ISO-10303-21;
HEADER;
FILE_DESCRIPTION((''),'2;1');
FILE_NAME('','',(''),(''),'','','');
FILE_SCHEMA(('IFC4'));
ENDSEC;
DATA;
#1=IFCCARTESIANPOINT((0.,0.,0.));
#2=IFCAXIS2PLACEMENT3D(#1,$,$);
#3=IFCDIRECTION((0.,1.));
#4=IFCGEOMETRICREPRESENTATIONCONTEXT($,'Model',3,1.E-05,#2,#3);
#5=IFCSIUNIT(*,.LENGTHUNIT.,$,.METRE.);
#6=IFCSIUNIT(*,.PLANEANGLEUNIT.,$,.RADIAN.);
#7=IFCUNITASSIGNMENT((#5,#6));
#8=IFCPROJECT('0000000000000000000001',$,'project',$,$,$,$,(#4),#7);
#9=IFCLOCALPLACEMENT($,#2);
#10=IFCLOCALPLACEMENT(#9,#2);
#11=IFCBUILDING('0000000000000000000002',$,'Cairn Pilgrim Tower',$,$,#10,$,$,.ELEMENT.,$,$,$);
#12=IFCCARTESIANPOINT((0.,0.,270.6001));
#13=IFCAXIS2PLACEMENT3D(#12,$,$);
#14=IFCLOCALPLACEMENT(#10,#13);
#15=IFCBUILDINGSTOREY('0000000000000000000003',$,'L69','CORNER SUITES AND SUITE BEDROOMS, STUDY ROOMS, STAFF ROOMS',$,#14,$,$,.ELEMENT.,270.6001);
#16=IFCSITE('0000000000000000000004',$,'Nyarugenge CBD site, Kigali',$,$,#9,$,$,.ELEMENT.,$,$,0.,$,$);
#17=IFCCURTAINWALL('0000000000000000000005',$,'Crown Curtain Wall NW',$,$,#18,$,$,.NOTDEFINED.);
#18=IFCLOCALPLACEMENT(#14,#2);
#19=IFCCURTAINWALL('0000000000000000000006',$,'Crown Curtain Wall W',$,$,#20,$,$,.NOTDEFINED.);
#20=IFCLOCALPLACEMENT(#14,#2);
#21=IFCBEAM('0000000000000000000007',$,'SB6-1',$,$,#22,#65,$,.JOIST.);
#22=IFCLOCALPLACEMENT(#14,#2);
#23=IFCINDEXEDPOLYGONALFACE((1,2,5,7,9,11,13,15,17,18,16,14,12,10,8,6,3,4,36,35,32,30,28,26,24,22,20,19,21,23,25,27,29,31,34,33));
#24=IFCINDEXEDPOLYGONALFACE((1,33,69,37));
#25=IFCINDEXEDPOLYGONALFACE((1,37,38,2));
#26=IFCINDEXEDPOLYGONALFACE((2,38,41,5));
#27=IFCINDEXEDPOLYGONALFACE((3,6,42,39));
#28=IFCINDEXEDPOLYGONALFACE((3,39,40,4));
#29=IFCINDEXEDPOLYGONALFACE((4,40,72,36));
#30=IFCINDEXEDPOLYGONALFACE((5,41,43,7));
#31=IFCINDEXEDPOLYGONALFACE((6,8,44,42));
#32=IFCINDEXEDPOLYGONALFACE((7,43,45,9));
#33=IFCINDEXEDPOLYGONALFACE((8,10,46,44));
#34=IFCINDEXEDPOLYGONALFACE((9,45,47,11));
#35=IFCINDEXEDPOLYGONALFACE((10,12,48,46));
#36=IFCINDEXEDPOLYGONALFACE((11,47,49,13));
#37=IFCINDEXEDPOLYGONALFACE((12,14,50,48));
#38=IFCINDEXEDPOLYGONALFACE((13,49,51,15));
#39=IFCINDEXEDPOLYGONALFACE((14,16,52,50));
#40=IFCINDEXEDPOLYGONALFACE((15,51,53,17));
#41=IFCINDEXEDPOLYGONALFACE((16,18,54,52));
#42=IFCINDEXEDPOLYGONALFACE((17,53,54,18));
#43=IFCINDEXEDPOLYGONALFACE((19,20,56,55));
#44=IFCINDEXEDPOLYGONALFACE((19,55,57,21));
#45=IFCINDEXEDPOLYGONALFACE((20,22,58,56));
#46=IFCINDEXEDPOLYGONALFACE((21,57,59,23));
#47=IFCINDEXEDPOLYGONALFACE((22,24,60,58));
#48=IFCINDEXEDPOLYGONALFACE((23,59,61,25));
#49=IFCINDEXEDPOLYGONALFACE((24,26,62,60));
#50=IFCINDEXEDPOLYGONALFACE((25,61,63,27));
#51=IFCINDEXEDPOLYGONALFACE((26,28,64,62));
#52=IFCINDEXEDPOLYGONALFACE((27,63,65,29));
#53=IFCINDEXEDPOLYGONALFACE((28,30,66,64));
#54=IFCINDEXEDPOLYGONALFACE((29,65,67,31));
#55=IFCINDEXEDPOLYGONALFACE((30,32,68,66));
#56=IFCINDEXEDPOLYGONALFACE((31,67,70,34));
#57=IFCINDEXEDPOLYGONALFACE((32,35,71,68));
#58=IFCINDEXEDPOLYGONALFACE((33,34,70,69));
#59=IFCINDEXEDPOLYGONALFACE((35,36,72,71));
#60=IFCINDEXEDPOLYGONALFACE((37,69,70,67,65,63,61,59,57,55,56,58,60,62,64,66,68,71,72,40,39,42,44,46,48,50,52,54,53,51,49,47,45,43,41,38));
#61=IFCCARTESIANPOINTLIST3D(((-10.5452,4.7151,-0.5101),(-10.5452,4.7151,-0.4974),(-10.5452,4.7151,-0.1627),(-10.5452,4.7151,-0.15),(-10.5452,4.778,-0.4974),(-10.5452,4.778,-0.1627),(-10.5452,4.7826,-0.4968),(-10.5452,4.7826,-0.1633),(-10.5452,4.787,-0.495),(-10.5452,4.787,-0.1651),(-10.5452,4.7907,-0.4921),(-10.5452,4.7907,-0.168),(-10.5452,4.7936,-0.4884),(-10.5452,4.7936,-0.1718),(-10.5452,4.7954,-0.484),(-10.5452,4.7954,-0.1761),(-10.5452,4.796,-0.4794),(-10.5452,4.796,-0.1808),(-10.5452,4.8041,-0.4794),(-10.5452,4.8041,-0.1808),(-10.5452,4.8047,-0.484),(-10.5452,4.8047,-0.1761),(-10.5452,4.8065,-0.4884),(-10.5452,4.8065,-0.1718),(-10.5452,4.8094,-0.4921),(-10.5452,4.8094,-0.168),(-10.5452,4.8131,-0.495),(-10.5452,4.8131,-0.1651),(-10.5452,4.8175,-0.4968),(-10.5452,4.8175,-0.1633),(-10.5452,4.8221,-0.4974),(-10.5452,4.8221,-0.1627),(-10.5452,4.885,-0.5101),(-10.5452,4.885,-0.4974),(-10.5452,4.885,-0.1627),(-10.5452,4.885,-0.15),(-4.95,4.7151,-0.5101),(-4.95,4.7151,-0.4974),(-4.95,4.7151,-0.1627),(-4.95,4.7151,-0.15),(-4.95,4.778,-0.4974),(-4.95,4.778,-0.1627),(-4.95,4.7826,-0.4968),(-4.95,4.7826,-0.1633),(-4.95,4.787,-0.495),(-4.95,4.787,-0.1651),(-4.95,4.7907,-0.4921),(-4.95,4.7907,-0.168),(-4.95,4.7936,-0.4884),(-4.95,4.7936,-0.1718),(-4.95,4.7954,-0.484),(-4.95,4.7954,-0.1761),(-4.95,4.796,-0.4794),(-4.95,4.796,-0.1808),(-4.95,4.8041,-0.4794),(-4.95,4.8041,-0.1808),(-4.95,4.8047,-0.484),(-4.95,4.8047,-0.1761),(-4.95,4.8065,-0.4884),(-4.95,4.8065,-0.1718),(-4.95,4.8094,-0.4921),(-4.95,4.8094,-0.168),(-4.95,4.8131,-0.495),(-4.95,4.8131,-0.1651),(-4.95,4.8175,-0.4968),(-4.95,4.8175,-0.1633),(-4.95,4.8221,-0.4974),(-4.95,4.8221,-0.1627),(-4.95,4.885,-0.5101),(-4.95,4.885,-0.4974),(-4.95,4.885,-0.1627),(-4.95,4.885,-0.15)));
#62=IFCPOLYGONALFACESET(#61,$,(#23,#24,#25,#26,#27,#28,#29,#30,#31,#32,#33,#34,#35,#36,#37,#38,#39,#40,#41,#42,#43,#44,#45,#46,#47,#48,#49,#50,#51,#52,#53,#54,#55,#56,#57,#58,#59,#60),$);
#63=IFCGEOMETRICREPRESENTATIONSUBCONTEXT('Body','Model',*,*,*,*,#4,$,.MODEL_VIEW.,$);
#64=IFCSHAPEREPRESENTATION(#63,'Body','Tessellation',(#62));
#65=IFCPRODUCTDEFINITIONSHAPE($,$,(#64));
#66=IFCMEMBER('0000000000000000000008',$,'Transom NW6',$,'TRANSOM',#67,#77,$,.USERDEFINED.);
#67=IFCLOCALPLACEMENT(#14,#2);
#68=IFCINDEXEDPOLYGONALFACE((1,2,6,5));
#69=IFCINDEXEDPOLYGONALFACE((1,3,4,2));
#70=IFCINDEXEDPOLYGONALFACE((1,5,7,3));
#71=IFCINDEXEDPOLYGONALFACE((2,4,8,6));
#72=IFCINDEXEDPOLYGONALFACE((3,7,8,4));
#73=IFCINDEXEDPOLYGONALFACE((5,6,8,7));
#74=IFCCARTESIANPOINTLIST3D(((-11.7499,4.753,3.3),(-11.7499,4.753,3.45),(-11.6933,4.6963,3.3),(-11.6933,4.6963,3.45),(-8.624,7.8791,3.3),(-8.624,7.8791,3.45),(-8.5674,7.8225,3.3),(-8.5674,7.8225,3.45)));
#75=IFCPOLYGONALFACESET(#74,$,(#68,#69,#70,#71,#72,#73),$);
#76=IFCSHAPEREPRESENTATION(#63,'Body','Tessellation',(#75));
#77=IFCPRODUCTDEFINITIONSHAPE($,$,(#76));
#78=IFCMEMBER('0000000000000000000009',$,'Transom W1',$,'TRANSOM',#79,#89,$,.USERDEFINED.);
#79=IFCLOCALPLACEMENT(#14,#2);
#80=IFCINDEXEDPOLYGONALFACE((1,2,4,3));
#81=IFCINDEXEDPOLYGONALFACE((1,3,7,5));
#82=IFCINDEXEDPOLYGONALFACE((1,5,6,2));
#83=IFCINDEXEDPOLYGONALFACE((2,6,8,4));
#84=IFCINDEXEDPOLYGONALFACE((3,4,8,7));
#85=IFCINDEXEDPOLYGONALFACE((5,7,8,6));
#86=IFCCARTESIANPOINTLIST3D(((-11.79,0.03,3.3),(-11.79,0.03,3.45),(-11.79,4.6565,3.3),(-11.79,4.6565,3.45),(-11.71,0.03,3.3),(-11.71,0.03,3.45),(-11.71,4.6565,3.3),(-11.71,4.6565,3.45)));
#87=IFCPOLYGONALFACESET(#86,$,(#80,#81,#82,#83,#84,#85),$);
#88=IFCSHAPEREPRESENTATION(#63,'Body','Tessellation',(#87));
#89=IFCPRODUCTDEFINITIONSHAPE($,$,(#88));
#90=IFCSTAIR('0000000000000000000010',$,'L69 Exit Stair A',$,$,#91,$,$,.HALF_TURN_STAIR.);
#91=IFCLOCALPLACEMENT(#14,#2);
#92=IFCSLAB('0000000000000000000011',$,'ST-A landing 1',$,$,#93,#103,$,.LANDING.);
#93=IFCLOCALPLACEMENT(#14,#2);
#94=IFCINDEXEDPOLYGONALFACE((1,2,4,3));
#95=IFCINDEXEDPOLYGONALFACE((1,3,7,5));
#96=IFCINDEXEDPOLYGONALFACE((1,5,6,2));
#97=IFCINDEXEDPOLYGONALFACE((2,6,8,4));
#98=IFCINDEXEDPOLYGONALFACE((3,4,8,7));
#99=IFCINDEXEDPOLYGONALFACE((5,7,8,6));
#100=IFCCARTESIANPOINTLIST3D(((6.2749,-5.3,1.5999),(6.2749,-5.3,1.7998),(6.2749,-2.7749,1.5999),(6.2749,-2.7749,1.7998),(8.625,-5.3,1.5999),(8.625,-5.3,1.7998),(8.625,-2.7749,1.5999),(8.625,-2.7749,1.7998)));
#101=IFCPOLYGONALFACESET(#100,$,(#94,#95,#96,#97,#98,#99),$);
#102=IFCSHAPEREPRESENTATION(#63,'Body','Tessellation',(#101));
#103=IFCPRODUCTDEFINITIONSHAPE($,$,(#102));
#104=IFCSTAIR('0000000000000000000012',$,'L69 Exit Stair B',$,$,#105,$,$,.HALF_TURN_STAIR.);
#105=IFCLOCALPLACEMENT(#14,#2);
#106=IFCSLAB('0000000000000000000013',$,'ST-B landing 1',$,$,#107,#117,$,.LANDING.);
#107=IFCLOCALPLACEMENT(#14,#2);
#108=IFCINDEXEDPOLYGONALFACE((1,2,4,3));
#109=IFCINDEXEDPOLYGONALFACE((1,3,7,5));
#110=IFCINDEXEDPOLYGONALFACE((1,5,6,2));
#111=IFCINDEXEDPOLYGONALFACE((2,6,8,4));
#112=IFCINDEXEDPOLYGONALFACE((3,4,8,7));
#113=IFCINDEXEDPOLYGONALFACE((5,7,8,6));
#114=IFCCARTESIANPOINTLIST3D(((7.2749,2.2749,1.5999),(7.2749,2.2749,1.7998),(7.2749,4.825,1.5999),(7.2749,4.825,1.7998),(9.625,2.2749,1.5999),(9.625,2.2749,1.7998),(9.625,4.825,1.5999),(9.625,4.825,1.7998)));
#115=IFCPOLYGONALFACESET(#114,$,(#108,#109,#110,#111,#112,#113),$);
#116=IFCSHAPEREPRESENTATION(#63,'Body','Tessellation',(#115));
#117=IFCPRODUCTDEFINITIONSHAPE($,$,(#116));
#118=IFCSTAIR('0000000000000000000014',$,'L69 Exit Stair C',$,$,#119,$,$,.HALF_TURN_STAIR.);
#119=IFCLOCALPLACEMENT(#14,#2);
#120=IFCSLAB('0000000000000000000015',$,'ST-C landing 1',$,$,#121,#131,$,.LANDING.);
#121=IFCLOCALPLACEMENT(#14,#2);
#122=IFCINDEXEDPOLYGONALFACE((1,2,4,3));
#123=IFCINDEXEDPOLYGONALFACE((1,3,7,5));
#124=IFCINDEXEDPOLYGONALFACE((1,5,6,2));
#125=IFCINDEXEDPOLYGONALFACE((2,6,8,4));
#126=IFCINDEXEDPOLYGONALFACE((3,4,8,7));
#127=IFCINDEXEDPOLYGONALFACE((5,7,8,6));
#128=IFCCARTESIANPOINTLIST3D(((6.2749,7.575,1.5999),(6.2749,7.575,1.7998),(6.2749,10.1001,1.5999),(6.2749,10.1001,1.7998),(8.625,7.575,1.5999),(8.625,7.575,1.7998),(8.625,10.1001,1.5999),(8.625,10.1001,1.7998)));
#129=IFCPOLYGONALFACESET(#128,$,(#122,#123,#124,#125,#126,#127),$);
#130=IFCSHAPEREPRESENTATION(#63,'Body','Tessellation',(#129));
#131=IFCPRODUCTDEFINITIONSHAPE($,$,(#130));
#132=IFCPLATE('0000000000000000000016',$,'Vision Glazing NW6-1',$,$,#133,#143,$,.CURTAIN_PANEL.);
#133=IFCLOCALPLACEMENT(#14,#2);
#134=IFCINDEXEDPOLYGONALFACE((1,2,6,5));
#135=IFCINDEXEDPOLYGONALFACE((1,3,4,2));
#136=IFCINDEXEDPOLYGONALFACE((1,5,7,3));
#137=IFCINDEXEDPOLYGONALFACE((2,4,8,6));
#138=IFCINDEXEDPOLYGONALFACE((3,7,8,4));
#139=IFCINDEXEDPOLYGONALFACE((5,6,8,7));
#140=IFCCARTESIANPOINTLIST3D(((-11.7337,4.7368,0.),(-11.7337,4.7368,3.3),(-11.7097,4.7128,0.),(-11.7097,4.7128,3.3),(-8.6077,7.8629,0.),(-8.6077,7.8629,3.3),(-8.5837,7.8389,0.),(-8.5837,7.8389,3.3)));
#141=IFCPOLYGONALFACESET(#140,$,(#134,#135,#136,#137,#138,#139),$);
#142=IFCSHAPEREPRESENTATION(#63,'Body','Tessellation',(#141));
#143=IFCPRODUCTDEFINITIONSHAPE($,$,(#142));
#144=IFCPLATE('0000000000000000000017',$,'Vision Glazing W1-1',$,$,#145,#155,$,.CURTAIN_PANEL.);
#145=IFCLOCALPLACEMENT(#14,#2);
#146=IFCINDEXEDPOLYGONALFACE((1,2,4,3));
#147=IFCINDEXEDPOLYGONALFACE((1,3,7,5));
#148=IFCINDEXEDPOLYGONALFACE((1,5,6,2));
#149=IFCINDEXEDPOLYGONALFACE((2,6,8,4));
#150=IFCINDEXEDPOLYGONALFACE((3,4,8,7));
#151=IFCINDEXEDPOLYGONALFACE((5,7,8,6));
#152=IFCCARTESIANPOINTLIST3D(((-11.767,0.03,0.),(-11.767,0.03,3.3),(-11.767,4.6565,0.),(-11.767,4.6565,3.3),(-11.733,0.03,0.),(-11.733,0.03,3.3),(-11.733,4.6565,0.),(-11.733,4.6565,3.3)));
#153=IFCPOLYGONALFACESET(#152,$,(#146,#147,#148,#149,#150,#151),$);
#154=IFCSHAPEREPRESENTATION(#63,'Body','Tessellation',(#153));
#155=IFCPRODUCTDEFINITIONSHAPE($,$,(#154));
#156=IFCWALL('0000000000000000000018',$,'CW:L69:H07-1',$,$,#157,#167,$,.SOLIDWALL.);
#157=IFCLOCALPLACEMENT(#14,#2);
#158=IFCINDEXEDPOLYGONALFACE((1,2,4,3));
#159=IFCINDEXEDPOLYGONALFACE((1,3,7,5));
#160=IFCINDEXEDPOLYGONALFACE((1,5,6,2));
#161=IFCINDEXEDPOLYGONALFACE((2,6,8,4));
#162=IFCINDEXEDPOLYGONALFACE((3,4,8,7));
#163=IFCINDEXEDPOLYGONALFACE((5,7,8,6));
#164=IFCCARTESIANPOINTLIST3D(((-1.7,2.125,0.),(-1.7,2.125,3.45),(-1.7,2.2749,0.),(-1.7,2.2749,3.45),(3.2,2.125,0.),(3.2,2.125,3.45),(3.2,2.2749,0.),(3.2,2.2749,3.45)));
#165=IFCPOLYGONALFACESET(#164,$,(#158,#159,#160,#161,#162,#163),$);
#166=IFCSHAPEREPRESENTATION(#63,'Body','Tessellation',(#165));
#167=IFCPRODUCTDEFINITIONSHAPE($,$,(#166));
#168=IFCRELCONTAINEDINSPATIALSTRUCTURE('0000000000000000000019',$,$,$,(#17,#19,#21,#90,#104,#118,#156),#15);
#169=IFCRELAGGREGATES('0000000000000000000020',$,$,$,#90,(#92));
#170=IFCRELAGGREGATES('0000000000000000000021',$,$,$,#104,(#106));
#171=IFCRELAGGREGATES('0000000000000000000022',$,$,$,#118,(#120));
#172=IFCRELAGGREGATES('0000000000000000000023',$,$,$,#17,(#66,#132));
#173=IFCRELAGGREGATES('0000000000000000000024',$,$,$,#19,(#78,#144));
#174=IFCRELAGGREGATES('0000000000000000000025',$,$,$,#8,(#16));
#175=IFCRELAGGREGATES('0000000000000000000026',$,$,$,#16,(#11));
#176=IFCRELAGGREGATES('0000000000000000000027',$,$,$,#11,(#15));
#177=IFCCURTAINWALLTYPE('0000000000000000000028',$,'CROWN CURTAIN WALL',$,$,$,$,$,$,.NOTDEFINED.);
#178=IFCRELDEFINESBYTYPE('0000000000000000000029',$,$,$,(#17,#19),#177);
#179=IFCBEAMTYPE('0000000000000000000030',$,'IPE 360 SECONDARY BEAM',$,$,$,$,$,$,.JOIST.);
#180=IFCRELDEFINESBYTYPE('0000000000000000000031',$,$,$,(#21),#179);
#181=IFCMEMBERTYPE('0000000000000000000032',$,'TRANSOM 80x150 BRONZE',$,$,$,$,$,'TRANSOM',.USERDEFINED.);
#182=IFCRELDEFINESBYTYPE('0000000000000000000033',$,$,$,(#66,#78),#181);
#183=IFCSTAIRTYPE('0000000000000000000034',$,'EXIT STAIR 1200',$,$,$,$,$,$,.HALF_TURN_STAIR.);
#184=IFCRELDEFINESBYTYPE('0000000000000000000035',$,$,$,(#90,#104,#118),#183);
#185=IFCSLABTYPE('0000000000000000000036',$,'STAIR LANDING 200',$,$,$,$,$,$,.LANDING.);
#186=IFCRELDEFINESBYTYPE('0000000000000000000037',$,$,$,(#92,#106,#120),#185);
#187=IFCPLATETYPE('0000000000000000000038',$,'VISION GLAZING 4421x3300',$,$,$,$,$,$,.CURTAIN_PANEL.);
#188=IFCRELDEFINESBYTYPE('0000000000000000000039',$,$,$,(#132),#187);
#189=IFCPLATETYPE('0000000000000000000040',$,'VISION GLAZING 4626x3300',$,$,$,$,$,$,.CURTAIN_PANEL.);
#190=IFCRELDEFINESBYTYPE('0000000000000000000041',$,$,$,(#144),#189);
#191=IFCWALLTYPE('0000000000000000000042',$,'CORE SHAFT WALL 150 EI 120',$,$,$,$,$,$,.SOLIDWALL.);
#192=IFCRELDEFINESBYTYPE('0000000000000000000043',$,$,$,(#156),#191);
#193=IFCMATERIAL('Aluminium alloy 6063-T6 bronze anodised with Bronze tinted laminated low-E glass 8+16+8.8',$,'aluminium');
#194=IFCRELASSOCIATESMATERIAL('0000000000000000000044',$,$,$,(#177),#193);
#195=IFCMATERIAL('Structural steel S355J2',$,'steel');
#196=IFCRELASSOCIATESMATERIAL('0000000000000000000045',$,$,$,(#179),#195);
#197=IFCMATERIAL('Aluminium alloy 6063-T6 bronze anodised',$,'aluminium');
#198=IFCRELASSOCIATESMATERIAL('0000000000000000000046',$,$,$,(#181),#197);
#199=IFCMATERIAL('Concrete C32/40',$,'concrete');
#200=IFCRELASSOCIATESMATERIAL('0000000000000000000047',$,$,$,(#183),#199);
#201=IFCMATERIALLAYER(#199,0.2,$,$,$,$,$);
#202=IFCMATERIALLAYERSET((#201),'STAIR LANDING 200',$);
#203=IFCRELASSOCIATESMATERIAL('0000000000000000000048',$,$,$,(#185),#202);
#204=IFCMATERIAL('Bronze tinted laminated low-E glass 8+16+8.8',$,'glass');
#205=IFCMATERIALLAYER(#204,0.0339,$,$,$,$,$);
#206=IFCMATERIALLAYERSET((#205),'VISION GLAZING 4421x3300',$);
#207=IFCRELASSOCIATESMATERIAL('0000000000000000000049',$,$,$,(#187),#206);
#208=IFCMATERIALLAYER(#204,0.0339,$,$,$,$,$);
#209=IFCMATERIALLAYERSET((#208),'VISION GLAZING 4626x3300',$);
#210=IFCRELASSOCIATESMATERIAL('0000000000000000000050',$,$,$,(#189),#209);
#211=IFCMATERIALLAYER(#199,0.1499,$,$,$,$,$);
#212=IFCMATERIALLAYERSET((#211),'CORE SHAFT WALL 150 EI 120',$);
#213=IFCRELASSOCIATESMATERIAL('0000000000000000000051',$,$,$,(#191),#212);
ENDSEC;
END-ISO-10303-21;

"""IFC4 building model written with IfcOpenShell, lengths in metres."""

from ifc_helpers import new_model, si_unit, direction, frame, frame_2d, origin, origin_2d, place, context, subcontext, project, spatial, polyline, rectangle, i_section, outline, extrude, material, layer, layer_set, material_profile, profile_set, type_object, element, aggregate, save


model = new_model("IFC4")

# Units and contexts
model_context = context("Model", 3, precision=1e-05, world=origin(), true_north=direction((0.0, 1.0)))
body_context = subcontext(model_context, "Body", "Model", "MODEL_VIEW")
ifc_project = project(units=[si_unit("LENGTHUNIT", "METRE"), si_unit("PLANEANGLEUNIT", "RADIAN")], contexts=[model_context])

# Site, building, storey
site_placement = place(None, origin())
site = spatial("IfcSite", under=ifc_project, at=site_placement, Name="Nyarugenge CBD site, Kigali", CompositionType="ELEMENT", RefElevation=0.0)
building_placement = place(site_placement, origin())
building = spatial("IfcBuilding", under=site, at=building_placement, Name="Cairn Pilgrim Tower", CompositionType="ELEMENT")
storey_placement = place(building_placement, frame((0.0, 0.0, 270.6001)))
storey = spatial("IfcBuildingStorey", under=building, at=storey_placement, Name="L69", Description="CORNER SUITES AND SUITE BEDROOMS, STUDY ROOMS, STAFF ROOMS", CompositionType="ELEMENT", Elevation=270.6001)

# Shared definitions
ifc_material_1 = material(Name="Structural steel S355J2", Category="steel")

# Curtain walls
ifc_material_2 = material(Name="Aluminium alloy 6063-T6 bronze anodised with Bronze tinted laminated low-E glass 8+16+8.8", Category="aluminium")
curtain_wall_type = type_object("IfcCurtainWallType", Name="CROWN CURTAIN WALL", PredefinedType="NOTDEFINED", material=ifc_material_2)
curtain_wall_1_placement = place(storey_placement, origin())
curtain_wall_1 = element("IfcCurtainWall", 1, at=curtain_wall_1_placement, inside=storey, type_object=curtain_wall_type, Name="Crown Curtain Wall NW", PredefinedType="NOTDEFINED")
ifc_material_3 = material(Name="Aluminium alloy 6063-T6 bronze anodised", Category="aluminium")
curtain_wall_2_placement = place(storey_placement, origin())
curtain_wall_2 = element("IfcCurtainWall", 2, at=curtain_wall_2_placement, inside=storey, type_object=curtain_wall_type, Name="Crown Curtain Wall W", PredefinedType="NOTDEFINED")

# Beam
ifc_material_profile_1 = material_profile(ifc_material_1, i_section(OverallWidth=0.1699, OverallDepth=0.3601, WebThickness=0.0081, FlangeThickness=0.0127, FilletRadius=0.0181, at=origin_2d()), Name="IPE 360")
ifc_profile_set_1 = profile_set([ifc_material_profile_1], Name="Structural steel S355J2")
beam_type_1 = type_object("IfcBeamType", Name="IPE 360 SECONDARY BEAM", PredefinedType="JOIST", material=ifc_profile_set_1)
beam_1_placement = place(storey_placement, frame((-10.5452, 4.8, -0.3301), z_axis=(1.0, 0.0, 0.0), x_axis=(0.0, 1.0, 0.0)))
element("IfcBeam", 3, at=beam_1_placement, inside=storey, type_object=beam_type_1, Name="SB6-1", PredefinedType="JOIST", context=body_context, shape_type="SweptSolid", body=[
    extrude(i_section(OverallWidth=0.1699, OverallDepth=0.3601, WebThickness=0.0081, FlangeThickness=0.0127, FilletRadius=0.0181, at=origin_2d()), origin(), (0.0, 0.0, 1.0), 5.5952),
])

# Members
ifc_material_profile_2 = material_profile(ifc_material_3, rectangle(XDim=0.0801, YDim=0.1499, at=origin_2d()), Name="TRANSOM 80x150 BRONZE")
ifc_profile_set_2 = profile_set([ifc_material_profile_2], Name="Aluminium alloy 6063-T6 bronze anodised")
member_type_1 = type_object("IfcMemberType", Name="TRANSOM 80x150 BRONZE", ElementType="TRANSOM", PredefinedType="USERDEFINED", material=ifc_profile_set_2)
member_1_placement = place(storey_placement, frame((-8.5957, 7.8508, 3.375), z_axis=(-0.707079, -0.707134, 0.0), x_axis=(0.707134, -0.707079, 0.0)))
member_1 = element("IfcMember", 4, at=member_1_placement, type_object=member_type_1, Name="Transom NW6", ObjectType="TRANSOM", PredefinedType="USERDEFINED", context=body_context, shape_type="SweptSolid", body=[
    extrude(rectangle(XDim=0.0801, YDim=0.1499, at=origin_2d()), origin(), (0.0, 0.0, 1.0), 4.4209),
])
member_2_placement = place(storey_placement, frame((-11.75, 4.6565, 3.375), z_axis=(0.0, -1.0, 0.0), x_axis=(1.0, 0.0, 0.0)))
member_2 = element("IfcMember", 5, at=member_2_placement, type_object=member_type_1, Name="Transom W1", ObjectType="TRANSOM", PredefinedType="USERDEFINED", context=body_context, shape_type="SweptSolid", body=[
    extrude(rectangle(XDim=0.0801, YDim=0.1499, at=origin_2d()), origin(), (0.0, 0.0, 1.0), 4.6265),
])

# Stairs, slabs
ifc_material_4 = material(Name="Concrete C32/40", Category="concrete")
stair_type = type_object("IfcStairType", Name="EXIT STAIR 1200", PredefinedType="HALF_TURN_STAIR", material=ifc_material_4)
stair_1_placement = place(storey_placement, origin())
stair_1 = element("IfcStair", 6, at=stair_1_placement, inside=storey, type_object=stair_type, Name="L69 Exit Stair A", PredefinedType="HALF_TURN_STAIR")
ifc_layer_1 = layer(ifc_material_4, 0.2)
ifc_layer_set_1 = layer_set([ifc_layer_1], Name="STAIR LANDING 200")
slab_type = type_object("IfcSlabType", Name="STAIR LANDING 200", PredefinedType="LANDING", material=ifc_layer_set_1)
slab_1_placement = place(storey_placement, frame((0.0, 0.0, 1.5999)))
slab_1 = element("IfcSlab", 7, at=slab_1_placement, type_object=slab_type, Name="ST-A landing 1", PredefinedType="LANDING", context=body_context, shape_type="SweptSolid", body=[
    extrude(outline(polyline([(8.625, -2.7749), (6.2749, -2.7749), (6.2749, -5.3), (8.625, -5.3), (8.625, -2.7749)])), origin(), (0.0, 0.0, 1.0), 0.2),
])
aggregate(stair_1, [slab_1])
stair_2_placement = place(storey_placement, origin())
stair_2 = element("IfcStair", 8, at=stair_2_placement, inside=storey, type_object=stair_type, Name="L69 Exit Stair B", PredefinedType="HALF_TURN_STAIR")
slab_2_placement = place(storey_placement, frame((0.0, 0.0, 1.5999)))
slab_2 = element("IfcSlab", 9, at=slab_2_placement, type_object=slab_type, Name="ST-B landing 1", PredefinedType="LANDING", context=body_context, shape_type="SweptSolid", body=[
    extrude(outline(polyline([(7.2749, 2.2749), (9.625, 2.2749), (9.625, 4.825), (7.2749, 4.825), (7.2749, 2.2749)])), origin(), (0.0, 0.0, 1.0), 0.2),
])
aggregate(stair_2, [slab_2])
stair_3_placement = place(storey_placement, origin())
stair_3 = element("IfcStair", 10, at=stair_3_placement, inside=storey, type_object=stair_type, Name="L69 Exit Stair C", PredefinedType="HALF_TURN_STAIR")
slab_3_placement = place(storey_placement, frame((0.0, 0.0, 1.5999)))
slab_3 = element("IfcSlab", 11, at=slab_3_placement, type_object=slab_type, Name="ST-C landing 1", PredefinedType="LANDING", context=body_context, shape_type="SweptSolid", body=[
    extrude(outline(polyline([(8.625, 10.1001), (6.2749, 10.1001), (6.2749, 7.575), (8.625, 7.575), (8.625, 10.1001)])), origin(), (0.0, 0.0, 1.0), 0.2),
])
aggregate(stair_3, [slab_3])

# Plates
ifc_material_5 = material(Name="Bronze tinted laminated low-E glass 8+16+8.8", Category="glass")
ifc_layer_2 = layer(ifc_material_5, 0.0339)
ifc_layer_set_2 = layer_set([ifc_layer_2], Name="VISION GLAZING 4421x3300")
plate_type_1 = type_object("IfcPlateType", Name="VISION GLAZING 4421x3300", PredefinedType="CURTAIN_PANEL", material=ifc_layer_set_2)
plate_1_placement = place(storey_placement, frame((-10.1587, 6.2878, 0.0), z_axis=(0.0, 0.0, 1.0), x_axis=(-0.707107, -0.707107, 0.0)))
plate_1 = element("IfcPlate", 12, at=plate_1_placement, type_object=plate_type_1, Name="Vision Glazing NW6-1", PredefinedType="CURTAIN_PANEL", context=body_context, shape_type="SweptSolid", body=[
    extrude(rectangle(XDim=4.4209, YDim=0.0339, at=origin_2d()), origin(), (0.0, 0.0, 1.0), 3.3),
])
aggregate(curtain_wall_1, [member_1, plate_1])
ifc_layer_3 = layer(ifc_material_5, 0.0339)
ifc_layer_set_3 = layer_set([ifc_layer_3], Name="VISION GLAZING 4626x3300")
plate_type_2 = type_object("IfcPlateType", Name="VISION GLAZING 4626x3300", PredefinedType="CURTAIN_PANEL", material=ifc_layer_set_3)
plate_2_placement = place(storey_placement, frame((-11.75, 2.3433, 0.0), z_axis=(0.0, 0.0, 1.0), x_axis=(0.0, -1.0, 0.0)))
plate_2 = element("IfcPlate", 13, at=plate_2_placement, type_object=plate_type_2, Name="Vision Glazing W1-1", PredefinedType="CURTAIN_PANEL", context=body_context, shape_type="SweptSolid", body=[
    extrude(rectangle(XDim=4.6265, YDim=0.0339, at=origin_2d()), origin(), (0.0, 0.0, 1.0), 3.3),
])
aggregate(curtain_wall_2, [member_2, plate_2])

# Wall
ifc_layer_4 = layer(ifc_material_4, 0.1499)
ifc_layer_set_4 = layer_set([ifc_layer_4], Name="CORE SHAFT WALL 150 EI 120")
wall_type_1 = type_object("IfcWallType", Name="CORE SHAFT WALL 150 EI 120", PredefinedType="SOLIDWALL", material=ifc_layer_set_4)
wall_1_placement = place(storey_placement, frame((-1.7, 2.2, 0.0), z_axis=(0.0, 0.0, 1.0), x_axis=(1.0, 0.0, 0.0)))
element("IfcWall", 14, at=wall_1_placement, inside=storey, type_object=wall_type_1, Name="CW:L69:H07-1", PredefinedType="SOLIDWALL", context=body_context, shape_type="SweptSolid", body=[
    extrude(rectangle(XDim=4.8999, YDim=0.1499, at=frame_2d((2.45, 0.0))), origin(), (0.0, 0.0, 1.0), 3.45),
])

save(model, "model.ifc")
